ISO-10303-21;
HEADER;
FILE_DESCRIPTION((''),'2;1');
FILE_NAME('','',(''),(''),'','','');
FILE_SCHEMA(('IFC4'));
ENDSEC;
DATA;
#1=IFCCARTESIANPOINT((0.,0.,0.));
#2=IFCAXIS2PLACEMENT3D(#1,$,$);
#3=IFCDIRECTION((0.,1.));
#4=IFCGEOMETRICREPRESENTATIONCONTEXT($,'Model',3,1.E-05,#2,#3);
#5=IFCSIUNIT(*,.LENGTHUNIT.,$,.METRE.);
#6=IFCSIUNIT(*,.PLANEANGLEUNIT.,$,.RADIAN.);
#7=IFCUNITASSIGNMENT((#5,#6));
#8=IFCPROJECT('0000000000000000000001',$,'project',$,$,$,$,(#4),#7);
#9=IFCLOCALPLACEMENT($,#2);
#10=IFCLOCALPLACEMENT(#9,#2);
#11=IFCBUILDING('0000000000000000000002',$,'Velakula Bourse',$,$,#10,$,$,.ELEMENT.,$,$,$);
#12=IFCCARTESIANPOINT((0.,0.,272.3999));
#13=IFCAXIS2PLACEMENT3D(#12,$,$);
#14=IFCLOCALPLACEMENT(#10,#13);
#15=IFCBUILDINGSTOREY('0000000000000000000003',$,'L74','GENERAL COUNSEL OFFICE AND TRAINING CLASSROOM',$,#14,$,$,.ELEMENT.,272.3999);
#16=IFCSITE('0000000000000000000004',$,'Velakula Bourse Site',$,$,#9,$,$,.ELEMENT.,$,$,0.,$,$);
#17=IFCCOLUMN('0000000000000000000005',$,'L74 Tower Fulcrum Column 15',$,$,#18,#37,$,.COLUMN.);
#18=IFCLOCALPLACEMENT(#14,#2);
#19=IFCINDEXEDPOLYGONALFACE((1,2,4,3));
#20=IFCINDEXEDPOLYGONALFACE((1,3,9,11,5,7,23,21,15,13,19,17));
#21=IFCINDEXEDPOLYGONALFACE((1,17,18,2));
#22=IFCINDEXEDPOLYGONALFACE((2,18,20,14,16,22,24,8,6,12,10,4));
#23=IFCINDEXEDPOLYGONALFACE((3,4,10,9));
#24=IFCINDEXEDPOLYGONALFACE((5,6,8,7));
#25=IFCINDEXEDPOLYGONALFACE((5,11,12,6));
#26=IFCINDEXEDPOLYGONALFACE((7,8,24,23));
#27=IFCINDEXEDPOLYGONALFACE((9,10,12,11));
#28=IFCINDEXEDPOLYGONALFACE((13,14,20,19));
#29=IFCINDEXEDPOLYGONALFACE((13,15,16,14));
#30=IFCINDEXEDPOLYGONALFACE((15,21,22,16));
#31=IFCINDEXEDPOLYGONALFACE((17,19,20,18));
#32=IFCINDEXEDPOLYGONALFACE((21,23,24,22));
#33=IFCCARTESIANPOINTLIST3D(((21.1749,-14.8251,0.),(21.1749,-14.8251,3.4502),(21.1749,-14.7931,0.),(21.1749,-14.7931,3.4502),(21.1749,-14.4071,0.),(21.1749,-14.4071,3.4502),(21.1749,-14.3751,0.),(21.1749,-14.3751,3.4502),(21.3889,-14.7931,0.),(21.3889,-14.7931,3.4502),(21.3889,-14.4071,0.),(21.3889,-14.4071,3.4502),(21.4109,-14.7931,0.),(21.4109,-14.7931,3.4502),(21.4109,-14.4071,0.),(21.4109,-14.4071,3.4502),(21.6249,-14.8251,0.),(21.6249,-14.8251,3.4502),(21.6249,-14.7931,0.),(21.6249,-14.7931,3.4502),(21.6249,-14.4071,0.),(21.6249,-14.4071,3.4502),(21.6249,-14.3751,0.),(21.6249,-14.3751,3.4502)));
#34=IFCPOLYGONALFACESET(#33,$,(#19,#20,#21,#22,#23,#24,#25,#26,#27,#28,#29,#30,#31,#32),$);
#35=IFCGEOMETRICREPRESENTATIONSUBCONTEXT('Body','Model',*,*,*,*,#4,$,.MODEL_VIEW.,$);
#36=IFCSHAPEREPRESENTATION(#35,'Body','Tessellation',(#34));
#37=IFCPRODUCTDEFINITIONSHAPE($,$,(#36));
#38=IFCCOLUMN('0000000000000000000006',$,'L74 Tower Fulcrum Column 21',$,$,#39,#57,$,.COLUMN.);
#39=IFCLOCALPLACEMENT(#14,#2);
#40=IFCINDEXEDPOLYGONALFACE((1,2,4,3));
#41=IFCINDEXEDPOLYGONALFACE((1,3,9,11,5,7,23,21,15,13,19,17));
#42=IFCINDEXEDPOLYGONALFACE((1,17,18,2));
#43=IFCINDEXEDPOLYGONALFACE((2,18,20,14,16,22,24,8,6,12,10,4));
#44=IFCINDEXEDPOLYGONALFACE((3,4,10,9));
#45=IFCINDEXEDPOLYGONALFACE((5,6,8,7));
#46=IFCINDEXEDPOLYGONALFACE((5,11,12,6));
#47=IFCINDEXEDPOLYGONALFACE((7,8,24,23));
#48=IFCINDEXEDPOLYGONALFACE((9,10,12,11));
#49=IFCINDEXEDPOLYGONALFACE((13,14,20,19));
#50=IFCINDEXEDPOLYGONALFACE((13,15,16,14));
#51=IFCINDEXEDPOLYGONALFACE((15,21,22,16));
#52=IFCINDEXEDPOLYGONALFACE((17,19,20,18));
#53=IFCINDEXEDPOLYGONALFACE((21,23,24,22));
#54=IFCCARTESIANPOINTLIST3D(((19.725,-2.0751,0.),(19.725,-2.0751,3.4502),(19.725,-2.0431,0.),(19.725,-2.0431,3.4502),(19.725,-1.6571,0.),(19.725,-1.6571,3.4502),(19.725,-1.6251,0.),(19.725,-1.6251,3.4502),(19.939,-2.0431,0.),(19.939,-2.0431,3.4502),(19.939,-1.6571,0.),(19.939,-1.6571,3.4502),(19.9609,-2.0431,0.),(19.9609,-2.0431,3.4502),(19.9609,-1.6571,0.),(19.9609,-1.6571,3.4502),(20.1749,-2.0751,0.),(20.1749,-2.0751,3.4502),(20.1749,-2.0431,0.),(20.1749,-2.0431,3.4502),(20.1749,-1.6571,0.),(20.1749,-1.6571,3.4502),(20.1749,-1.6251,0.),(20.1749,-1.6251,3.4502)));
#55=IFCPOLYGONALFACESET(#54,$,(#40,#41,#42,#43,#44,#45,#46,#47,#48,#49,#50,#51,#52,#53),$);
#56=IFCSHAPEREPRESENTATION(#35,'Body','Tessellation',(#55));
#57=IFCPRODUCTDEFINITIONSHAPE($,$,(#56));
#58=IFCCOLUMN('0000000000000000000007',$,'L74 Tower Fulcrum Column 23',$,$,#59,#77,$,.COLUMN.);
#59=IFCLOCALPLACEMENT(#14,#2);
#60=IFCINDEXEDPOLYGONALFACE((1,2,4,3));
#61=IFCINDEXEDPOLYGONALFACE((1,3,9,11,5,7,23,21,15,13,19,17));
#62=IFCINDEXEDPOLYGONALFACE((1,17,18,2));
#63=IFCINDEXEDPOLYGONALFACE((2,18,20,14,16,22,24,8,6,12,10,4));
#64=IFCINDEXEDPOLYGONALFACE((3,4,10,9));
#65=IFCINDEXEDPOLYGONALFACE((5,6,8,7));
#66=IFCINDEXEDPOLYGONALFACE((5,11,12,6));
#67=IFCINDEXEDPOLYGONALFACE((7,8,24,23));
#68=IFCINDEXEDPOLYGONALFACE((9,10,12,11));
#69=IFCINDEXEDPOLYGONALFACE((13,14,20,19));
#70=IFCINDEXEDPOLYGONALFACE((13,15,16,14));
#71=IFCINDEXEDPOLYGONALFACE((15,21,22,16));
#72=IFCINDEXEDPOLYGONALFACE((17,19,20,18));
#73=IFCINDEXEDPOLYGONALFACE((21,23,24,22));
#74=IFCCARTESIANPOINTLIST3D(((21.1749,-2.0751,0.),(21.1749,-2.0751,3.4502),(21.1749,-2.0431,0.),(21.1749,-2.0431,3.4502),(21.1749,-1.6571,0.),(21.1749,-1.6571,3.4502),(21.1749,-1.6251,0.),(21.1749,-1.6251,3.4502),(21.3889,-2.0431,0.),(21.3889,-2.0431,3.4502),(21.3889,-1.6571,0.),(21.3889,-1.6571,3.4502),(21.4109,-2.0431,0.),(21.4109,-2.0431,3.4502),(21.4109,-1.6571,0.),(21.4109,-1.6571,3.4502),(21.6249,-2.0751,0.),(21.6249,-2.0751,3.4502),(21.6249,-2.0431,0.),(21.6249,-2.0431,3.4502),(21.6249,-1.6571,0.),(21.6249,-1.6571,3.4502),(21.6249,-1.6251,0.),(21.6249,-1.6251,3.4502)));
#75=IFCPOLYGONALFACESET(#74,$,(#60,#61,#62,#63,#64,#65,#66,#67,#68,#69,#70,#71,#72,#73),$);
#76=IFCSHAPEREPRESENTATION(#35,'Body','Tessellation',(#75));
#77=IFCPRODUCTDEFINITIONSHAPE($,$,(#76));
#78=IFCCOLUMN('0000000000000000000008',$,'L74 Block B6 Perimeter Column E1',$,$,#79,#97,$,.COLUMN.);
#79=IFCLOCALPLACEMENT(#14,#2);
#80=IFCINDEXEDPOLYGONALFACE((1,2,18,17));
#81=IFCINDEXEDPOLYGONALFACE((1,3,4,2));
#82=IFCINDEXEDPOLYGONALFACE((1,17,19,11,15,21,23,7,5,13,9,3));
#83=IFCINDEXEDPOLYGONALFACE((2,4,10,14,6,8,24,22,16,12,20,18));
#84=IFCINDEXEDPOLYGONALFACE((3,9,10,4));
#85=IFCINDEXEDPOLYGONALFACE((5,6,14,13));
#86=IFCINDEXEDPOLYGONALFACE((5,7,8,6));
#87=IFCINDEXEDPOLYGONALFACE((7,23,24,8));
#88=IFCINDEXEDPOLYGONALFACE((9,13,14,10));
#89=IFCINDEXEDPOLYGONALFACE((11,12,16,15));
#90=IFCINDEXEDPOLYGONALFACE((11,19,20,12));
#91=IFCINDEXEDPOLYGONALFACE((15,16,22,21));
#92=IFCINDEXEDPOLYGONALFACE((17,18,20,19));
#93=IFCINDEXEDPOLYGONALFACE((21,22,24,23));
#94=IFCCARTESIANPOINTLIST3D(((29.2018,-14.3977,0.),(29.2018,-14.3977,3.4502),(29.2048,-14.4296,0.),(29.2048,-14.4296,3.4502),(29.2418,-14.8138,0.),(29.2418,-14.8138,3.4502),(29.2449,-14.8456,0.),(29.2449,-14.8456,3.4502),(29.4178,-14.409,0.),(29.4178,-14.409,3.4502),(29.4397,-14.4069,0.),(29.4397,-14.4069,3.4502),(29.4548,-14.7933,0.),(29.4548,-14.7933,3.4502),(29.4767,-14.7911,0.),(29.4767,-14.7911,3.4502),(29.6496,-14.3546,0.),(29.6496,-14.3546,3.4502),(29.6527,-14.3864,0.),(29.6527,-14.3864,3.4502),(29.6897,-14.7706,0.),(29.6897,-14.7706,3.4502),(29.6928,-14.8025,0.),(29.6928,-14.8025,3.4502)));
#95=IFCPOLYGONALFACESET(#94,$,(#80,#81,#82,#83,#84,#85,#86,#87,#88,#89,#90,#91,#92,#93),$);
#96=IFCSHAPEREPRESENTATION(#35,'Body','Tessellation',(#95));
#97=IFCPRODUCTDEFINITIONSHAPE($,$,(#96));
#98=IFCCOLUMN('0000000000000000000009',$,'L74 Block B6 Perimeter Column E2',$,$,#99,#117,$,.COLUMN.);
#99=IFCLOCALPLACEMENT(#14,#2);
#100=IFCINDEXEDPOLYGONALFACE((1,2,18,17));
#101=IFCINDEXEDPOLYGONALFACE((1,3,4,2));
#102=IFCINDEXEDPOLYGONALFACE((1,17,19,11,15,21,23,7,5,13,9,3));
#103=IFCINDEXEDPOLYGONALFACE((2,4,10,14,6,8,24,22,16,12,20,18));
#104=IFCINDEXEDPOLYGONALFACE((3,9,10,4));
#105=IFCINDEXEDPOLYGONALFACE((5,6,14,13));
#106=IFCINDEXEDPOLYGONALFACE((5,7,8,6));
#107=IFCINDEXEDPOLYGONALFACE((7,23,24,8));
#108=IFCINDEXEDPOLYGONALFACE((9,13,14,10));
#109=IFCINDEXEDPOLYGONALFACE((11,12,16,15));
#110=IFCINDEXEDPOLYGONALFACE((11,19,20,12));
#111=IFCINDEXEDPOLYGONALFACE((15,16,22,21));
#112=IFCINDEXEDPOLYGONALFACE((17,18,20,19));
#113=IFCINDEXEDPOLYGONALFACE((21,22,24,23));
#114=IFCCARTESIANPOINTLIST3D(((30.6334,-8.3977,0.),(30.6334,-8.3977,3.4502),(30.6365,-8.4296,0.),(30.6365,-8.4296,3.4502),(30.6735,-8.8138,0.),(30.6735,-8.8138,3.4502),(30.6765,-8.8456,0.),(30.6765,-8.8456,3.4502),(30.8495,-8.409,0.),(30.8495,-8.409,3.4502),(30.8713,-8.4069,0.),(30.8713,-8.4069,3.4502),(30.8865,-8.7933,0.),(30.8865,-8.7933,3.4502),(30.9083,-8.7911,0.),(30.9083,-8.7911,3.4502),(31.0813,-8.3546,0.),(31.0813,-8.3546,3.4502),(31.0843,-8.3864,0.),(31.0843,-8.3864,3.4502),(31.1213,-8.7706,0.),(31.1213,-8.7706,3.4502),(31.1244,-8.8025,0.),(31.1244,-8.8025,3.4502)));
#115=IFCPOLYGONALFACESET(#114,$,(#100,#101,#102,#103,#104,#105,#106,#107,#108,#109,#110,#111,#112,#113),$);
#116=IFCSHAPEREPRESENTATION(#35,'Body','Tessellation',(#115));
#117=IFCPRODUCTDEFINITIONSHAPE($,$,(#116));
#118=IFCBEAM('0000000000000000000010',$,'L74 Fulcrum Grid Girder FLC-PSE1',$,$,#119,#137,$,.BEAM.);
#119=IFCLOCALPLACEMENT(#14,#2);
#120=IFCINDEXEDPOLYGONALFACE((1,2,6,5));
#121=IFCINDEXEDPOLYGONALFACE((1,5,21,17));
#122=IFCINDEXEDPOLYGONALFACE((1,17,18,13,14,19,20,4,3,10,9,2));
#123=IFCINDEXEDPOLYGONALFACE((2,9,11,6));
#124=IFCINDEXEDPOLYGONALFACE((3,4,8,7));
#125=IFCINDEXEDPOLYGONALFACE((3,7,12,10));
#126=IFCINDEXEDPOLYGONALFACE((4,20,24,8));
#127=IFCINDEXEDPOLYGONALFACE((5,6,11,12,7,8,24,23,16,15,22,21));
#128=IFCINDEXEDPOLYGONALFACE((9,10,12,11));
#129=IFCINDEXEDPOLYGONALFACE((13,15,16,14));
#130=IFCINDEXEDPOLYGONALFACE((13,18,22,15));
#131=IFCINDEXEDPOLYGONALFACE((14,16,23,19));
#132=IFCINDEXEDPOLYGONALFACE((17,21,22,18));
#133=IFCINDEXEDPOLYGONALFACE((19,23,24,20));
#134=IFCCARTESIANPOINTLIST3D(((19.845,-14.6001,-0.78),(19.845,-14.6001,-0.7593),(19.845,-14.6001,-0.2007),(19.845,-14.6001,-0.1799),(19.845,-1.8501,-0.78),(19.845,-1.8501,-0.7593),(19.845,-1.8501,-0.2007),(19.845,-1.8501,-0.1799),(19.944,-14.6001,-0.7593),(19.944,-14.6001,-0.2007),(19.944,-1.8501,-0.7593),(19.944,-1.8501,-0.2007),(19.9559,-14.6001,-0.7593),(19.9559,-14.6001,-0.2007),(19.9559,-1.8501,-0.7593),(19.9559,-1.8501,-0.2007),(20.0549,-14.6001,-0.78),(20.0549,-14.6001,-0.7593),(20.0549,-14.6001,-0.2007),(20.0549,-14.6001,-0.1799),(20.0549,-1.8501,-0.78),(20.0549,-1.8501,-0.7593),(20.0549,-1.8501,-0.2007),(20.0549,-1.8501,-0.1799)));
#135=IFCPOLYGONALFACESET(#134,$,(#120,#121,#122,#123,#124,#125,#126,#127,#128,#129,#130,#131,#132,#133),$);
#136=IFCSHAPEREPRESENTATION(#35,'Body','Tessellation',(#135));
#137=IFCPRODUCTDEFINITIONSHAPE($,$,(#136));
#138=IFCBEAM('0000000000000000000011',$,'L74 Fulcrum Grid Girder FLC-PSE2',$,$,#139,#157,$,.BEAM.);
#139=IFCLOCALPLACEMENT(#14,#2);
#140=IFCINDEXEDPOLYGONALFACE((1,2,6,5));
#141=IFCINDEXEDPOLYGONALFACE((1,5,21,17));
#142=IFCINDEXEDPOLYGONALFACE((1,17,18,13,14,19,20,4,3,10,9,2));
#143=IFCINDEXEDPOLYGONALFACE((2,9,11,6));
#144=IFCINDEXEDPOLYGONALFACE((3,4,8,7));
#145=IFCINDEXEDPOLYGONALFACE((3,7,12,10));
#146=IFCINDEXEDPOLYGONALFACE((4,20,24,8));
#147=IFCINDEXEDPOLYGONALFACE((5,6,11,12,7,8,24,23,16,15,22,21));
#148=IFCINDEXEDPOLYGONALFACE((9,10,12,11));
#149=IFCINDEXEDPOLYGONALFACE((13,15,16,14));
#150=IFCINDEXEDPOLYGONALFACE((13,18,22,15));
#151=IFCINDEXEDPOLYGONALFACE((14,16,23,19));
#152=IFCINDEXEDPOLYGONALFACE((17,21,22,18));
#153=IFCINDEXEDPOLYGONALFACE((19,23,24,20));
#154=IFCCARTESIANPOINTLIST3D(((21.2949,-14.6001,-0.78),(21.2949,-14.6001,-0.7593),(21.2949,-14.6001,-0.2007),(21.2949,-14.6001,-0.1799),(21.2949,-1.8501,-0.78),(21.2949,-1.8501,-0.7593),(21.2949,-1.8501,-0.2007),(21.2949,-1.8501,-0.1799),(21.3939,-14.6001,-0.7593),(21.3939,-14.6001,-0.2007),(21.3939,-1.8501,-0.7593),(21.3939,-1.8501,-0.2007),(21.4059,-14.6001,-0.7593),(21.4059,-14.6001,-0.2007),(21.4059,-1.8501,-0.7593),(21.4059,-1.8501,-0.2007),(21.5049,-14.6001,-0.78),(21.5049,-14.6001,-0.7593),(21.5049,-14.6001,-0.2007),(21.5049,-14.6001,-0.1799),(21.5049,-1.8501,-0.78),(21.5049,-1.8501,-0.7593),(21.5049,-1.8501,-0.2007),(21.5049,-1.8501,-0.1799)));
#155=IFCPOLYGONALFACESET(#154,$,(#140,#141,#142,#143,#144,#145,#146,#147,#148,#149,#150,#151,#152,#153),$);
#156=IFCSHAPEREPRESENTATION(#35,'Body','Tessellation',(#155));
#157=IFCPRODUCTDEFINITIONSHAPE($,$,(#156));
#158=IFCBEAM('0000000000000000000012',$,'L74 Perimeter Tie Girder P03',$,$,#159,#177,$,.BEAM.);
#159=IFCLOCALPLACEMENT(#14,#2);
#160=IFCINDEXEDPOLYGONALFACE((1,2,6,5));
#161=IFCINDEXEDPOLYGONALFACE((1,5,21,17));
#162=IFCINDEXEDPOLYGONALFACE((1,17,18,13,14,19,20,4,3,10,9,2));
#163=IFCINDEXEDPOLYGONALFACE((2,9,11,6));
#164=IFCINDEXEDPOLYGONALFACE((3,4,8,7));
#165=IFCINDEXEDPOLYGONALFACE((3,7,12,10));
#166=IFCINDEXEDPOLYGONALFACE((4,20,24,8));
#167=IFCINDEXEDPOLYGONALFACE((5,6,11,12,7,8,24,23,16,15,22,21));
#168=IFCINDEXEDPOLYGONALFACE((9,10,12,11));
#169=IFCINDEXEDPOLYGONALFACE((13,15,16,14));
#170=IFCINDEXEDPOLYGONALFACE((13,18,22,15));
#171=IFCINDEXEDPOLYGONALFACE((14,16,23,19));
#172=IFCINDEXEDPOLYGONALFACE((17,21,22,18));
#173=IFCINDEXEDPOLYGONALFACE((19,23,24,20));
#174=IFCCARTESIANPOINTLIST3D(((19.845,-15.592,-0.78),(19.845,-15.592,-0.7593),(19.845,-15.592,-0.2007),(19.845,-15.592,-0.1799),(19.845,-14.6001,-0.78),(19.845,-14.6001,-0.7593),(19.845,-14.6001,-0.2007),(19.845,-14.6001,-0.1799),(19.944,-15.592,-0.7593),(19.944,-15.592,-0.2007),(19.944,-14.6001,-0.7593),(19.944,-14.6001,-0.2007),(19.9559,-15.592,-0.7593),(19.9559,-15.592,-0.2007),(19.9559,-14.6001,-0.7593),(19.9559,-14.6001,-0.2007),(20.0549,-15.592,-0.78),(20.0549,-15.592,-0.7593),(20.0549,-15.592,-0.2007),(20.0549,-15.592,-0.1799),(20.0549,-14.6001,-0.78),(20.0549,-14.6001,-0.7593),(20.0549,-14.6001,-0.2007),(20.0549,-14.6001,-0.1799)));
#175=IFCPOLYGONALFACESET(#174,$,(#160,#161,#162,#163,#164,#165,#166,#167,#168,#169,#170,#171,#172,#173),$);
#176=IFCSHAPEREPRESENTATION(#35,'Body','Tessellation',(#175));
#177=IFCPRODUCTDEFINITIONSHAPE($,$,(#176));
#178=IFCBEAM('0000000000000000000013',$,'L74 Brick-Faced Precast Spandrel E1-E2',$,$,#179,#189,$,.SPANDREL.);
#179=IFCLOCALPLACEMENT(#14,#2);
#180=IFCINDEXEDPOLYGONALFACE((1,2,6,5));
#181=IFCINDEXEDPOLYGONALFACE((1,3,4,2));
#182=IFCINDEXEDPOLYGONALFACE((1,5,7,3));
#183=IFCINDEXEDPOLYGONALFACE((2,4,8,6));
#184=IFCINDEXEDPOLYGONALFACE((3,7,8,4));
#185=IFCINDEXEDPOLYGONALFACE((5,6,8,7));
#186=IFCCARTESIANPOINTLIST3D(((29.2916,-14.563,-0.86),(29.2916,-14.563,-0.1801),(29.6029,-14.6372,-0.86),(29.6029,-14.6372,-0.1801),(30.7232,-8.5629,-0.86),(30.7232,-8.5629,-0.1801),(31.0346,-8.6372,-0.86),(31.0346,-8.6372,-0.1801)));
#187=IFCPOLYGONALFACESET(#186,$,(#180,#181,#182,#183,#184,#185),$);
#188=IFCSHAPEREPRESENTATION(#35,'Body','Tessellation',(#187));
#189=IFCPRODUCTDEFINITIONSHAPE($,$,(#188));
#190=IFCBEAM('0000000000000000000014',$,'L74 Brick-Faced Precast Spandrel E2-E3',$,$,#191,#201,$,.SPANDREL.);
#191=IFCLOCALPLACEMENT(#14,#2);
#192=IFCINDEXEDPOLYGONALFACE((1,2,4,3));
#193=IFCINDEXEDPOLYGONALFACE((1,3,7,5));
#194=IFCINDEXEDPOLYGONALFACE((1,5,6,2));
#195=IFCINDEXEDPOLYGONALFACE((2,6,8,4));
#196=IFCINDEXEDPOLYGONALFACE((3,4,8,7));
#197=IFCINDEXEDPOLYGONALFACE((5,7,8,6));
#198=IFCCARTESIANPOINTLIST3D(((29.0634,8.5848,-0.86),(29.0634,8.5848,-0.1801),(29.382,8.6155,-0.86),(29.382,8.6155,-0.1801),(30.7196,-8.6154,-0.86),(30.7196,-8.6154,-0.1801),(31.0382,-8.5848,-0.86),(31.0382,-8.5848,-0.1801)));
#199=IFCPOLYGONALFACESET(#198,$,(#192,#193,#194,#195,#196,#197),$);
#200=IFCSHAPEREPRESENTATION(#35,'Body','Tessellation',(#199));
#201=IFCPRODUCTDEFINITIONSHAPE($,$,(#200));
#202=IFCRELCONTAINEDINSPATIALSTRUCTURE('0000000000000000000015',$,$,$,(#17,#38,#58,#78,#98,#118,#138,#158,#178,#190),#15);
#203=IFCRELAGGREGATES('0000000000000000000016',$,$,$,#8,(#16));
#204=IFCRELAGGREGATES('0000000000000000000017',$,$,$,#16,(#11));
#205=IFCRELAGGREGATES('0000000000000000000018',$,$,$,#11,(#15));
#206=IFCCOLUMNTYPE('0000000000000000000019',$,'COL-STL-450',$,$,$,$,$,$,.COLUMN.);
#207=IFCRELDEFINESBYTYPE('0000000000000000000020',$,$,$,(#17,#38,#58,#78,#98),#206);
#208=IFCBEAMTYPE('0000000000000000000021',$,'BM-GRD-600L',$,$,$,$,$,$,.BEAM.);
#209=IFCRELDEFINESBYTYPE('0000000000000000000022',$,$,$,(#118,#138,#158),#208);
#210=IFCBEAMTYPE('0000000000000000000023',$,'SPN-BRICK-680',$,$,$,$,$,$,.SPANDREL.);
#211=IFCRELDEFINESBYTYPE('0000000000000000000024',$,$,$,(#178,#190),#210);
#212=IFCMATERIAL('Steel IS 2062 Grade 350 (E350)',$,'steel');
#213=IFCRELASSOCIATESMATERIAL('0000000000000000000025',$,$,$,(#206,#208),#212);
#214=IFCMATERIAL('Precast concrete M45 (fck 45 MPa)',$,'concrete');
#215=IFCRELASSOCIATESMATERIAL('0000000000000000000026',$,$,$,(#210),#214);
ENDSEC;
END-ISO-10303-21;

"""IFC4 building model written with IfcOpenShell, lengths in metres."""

from ifc_helpers import new_model, si_unit, direction, frame, origin, origin_2d, place, context, subcontext, project, spatial, rectangle, i_section, extrude, material, material_profile, profile_set, type_object, element, save


model = new_model("IFC4")

# Units and contexts
model_context = context("Model", 3, precision=1e-05, world=origin(), true_north=direction((0.0, 1.0)))
body_context = subcontext(model_context, "Body", "Model", "MODEL_VIEW")
ifc_project = project(units=[si_unit("LENGTHUNIT", "METRE"), si_unit("PLANEANGLEUNIT", "RADIAN")], contexts=[model_context])

# Site, building, storey
site_placement = place(None, origin())
site = spatial("IfcSite", under=ifc_project, at=site_placement, Name="Velakula Bourse Site", CompositionType="ELEMENT", RefElevation=0.0)
building_placement = place(site_placement, origin())
building = spatial("IfcBuilding", under=site, at=building_placement, Name="Velakula Bourse", CompositionType="ELEMENT")
storey_placement = place(building_placement, frame((0.0, 0.0, 272.3999)))
storey = spatial("IfcBuildingStorey", under=building, at=storey_placement, Name="L74", Description="GENERAL COUNSEL OFFICE AND TRAINING CLASSROOM", CompositionType="ELEMENT", Elevation=272.3999)

# Columns
ifc_material_1 = material(Name="Steel IS 2062 Grade 350 (E350)", Category="steel")
ifc_material_profile_1 = material_profile(ifc_material_1, i_section(OverallWidth=0.45, OverallDepth=0.45, WebThickness=0.022, FlangeThickness=0.032, at=origin_2d()), Name="Steel IS 2062 Grade 350 (E350)")
ifc_profile_set_1 = profile_set([ifc_material_profile_1], Name="Steel IS 2062 Grade 350 (E350)")
column_type = type_object("IfcColumnType", Name="COL-STL-450", PredefinedType="COLUMN", material=ifc_profile_set_1)
for number, where, z_axis, x_axis, name in (
    (1, (21.3999, -14.6001, 0.0), (0.0, 0.0, 1.0), (1.0, 0.0, 0.0), "L74 Tower Fulcrum Column 15"),
    (2, (19.95, -1.8501, 0.0), (0.0, 0.0, 1.0), (1.0, 0.0, 0.0), "L74 Tower Fulcrum Column 21"),
    (3, (21.3999, -1.8501, 0.0), (0.0, 0.0, 1.0), (1.0, 0.0, 0.0), "L74 Tower Fulcrum Column 23"),
    (4, (29.4473, -14.6001, 0.0), (0.0, 0.0, 1.0), (0.995396, 0.095846, 0.0), "L74 Block B6 Perimeter Column E1"),
    (5, (30.8789, -8.6001, 0.0), (0.0, 0.0, 1.0), (0.995396, 0.095846, 0.0), "L74 Block B6 Perimeter Column E2"),
):
    element("IfcColumn", number, at=place(storey_placement, frame(where, z_axis=z_axis, x_axis=x_axis)), inside=storey, type_object=column_type, Name=name, PredefinedType="COLUMN", context=body_context, shape_type="SweptSolid", body=[
        extrude(i_section(OverallWidth=0.45, OverallDepth=0.45, WebThickness=0.022, FlangeThickness=0.032, at=origin_2d()), origin(), (0.0, 0.0, 1.0), 3.4502),
    ])

# Beams
ifc_material_profile_2 = material_profile(ifc_material_1, i_section(OverallWidth=0.21, OverallDepth=0.6001, WebThickness=0.012, FlangeThickness=0.0208, at=origin_2d()), Name="Steel IS 2062 Grade 350 (E350)")
ifc_profile_set_2 = profile_set([ifc_material_profile_2], Name="Steel IS 2062 Grade 350 (E350)")
beam_type_1 = type_object("IfcBeamType", Name="BM-GRD-600L", PredefinedType="BEAM", material=ifc_profile_set_2)
for number, where, z_axis, x_axis, name in (
    (6, (19.95, -14.6001, -0.48), (0.0, 1.0, 0.0), (-1.0, 0.0, 0.0), "L74 Fulcrum Grid Girder FLC-PSE1"),
    (7, (21.3999, -14.6001, -0.48), (0.0, 1.0, 0.0), (-1.0, 0.0, 0.0), "L74 Fulcrum Grid Girder FLC-PSE2"),
):
    element("IfcBeam", number, at=place(storey_placement, frame(where, z_axis=z_axis, x_axis=x_axis)), inside=storey, type_object=beam_type_1, Name=name, PredefinedType="BEAM", context=body_context, shape_type="SweptSolid", body=[
        extrude(i_section(OverallWidth=0.21, OverallDepth=0.6001, WebThickness=0.012, FlangeThickness=0.0208, at=origin_2d()), origin(), (0.0, 0.0, 1.0), 12.75),
    ])
beam_1_placement = place(storey_placement, frame((19.95, -14.6001, -0.48), z_axis=(0.0, -1.0, 0.0), x_axis=(1.0, 0.0, 0.0)))
element("IfcBeam", 8, at=beam_1_placement, inside=storey, type_object=beam_type_1, Name="L74 Perimeter Tie Girder P03", PredefinedType="BEAM", context=body_context, shape_type="SweptSolid", body=[
    extrude(i_section(OverallWidth=0.21, OverallDepth=0.6001, WebThickness=0.012, FlangeThickness=0.0208, at=origin_2d()), origin(), (0.0, 0.0, 1.0), 0.9919),
])
ifc_material_2 = material(Name="Precast concrete M45 (fck 45 MPa)", Category="concrete")
ifc_material_profile_3 = material_profile(ifc_material_2, rectangle(XDim=0.3201, YDim=0.6799, at=origin_2d()), Name="Precast concrete M45 (fck 45 MPa)")
ifc_profile_set_3 = profile_set([ifc_material_profile_3], Name="Precast concrete M45 (fck 45 MPa)")
beam_type_2 = type_object("IfcBeamType", Name="SPN-BRICK-680", PredefinedType="SPANDREL", material=ifc_profile_set_3)
beam_2_placement = place(storey_placement, frame((29.4473, -14.6001, -0.52), z_axis=(0.232091, 0.972694, 0.0), x_axis=(-0.972694, 0.232091, 0.0)))
element("IfcBeam", 9, at=beam_2_placement, inside=storey, type_object=beam_type_2, Name="L74 Brick-Faced Precast Spandrel E1-E2", PredefinedType="SPANDREL", context=body_context, shape_type="SweptSolid", body=[
    extrude(rectangle(XDim=0.3201, YDim=0.6799, at=origin_2d()), origin(), (0.0, 0.0, 1.0), 6.1685),
])
beam_3_placement = place(storey_placement, frame((30.8789, -8.6001, -0.52), z_axis=(-0.095849, 0.995396, 0.0), x_axis=(-0.995396, -0.095849, 0.0)))
element("IfcBeam", 10, at=beam_3_placement, inside=storey, type_object=beam_type_2, Name="L74 Brick-Faced Precast Spandrel E2-E3", PredefinedType="SPANDREL", context=body_context, shape_type="SweptSolid", body=[
    extrude(rectangle(XDim=0.3201, YDim=0.6799, at=origin_2d()), origin(), (0.0, 0.0, 1.0), 17.2798),
])

save(model, "model.ifc")
